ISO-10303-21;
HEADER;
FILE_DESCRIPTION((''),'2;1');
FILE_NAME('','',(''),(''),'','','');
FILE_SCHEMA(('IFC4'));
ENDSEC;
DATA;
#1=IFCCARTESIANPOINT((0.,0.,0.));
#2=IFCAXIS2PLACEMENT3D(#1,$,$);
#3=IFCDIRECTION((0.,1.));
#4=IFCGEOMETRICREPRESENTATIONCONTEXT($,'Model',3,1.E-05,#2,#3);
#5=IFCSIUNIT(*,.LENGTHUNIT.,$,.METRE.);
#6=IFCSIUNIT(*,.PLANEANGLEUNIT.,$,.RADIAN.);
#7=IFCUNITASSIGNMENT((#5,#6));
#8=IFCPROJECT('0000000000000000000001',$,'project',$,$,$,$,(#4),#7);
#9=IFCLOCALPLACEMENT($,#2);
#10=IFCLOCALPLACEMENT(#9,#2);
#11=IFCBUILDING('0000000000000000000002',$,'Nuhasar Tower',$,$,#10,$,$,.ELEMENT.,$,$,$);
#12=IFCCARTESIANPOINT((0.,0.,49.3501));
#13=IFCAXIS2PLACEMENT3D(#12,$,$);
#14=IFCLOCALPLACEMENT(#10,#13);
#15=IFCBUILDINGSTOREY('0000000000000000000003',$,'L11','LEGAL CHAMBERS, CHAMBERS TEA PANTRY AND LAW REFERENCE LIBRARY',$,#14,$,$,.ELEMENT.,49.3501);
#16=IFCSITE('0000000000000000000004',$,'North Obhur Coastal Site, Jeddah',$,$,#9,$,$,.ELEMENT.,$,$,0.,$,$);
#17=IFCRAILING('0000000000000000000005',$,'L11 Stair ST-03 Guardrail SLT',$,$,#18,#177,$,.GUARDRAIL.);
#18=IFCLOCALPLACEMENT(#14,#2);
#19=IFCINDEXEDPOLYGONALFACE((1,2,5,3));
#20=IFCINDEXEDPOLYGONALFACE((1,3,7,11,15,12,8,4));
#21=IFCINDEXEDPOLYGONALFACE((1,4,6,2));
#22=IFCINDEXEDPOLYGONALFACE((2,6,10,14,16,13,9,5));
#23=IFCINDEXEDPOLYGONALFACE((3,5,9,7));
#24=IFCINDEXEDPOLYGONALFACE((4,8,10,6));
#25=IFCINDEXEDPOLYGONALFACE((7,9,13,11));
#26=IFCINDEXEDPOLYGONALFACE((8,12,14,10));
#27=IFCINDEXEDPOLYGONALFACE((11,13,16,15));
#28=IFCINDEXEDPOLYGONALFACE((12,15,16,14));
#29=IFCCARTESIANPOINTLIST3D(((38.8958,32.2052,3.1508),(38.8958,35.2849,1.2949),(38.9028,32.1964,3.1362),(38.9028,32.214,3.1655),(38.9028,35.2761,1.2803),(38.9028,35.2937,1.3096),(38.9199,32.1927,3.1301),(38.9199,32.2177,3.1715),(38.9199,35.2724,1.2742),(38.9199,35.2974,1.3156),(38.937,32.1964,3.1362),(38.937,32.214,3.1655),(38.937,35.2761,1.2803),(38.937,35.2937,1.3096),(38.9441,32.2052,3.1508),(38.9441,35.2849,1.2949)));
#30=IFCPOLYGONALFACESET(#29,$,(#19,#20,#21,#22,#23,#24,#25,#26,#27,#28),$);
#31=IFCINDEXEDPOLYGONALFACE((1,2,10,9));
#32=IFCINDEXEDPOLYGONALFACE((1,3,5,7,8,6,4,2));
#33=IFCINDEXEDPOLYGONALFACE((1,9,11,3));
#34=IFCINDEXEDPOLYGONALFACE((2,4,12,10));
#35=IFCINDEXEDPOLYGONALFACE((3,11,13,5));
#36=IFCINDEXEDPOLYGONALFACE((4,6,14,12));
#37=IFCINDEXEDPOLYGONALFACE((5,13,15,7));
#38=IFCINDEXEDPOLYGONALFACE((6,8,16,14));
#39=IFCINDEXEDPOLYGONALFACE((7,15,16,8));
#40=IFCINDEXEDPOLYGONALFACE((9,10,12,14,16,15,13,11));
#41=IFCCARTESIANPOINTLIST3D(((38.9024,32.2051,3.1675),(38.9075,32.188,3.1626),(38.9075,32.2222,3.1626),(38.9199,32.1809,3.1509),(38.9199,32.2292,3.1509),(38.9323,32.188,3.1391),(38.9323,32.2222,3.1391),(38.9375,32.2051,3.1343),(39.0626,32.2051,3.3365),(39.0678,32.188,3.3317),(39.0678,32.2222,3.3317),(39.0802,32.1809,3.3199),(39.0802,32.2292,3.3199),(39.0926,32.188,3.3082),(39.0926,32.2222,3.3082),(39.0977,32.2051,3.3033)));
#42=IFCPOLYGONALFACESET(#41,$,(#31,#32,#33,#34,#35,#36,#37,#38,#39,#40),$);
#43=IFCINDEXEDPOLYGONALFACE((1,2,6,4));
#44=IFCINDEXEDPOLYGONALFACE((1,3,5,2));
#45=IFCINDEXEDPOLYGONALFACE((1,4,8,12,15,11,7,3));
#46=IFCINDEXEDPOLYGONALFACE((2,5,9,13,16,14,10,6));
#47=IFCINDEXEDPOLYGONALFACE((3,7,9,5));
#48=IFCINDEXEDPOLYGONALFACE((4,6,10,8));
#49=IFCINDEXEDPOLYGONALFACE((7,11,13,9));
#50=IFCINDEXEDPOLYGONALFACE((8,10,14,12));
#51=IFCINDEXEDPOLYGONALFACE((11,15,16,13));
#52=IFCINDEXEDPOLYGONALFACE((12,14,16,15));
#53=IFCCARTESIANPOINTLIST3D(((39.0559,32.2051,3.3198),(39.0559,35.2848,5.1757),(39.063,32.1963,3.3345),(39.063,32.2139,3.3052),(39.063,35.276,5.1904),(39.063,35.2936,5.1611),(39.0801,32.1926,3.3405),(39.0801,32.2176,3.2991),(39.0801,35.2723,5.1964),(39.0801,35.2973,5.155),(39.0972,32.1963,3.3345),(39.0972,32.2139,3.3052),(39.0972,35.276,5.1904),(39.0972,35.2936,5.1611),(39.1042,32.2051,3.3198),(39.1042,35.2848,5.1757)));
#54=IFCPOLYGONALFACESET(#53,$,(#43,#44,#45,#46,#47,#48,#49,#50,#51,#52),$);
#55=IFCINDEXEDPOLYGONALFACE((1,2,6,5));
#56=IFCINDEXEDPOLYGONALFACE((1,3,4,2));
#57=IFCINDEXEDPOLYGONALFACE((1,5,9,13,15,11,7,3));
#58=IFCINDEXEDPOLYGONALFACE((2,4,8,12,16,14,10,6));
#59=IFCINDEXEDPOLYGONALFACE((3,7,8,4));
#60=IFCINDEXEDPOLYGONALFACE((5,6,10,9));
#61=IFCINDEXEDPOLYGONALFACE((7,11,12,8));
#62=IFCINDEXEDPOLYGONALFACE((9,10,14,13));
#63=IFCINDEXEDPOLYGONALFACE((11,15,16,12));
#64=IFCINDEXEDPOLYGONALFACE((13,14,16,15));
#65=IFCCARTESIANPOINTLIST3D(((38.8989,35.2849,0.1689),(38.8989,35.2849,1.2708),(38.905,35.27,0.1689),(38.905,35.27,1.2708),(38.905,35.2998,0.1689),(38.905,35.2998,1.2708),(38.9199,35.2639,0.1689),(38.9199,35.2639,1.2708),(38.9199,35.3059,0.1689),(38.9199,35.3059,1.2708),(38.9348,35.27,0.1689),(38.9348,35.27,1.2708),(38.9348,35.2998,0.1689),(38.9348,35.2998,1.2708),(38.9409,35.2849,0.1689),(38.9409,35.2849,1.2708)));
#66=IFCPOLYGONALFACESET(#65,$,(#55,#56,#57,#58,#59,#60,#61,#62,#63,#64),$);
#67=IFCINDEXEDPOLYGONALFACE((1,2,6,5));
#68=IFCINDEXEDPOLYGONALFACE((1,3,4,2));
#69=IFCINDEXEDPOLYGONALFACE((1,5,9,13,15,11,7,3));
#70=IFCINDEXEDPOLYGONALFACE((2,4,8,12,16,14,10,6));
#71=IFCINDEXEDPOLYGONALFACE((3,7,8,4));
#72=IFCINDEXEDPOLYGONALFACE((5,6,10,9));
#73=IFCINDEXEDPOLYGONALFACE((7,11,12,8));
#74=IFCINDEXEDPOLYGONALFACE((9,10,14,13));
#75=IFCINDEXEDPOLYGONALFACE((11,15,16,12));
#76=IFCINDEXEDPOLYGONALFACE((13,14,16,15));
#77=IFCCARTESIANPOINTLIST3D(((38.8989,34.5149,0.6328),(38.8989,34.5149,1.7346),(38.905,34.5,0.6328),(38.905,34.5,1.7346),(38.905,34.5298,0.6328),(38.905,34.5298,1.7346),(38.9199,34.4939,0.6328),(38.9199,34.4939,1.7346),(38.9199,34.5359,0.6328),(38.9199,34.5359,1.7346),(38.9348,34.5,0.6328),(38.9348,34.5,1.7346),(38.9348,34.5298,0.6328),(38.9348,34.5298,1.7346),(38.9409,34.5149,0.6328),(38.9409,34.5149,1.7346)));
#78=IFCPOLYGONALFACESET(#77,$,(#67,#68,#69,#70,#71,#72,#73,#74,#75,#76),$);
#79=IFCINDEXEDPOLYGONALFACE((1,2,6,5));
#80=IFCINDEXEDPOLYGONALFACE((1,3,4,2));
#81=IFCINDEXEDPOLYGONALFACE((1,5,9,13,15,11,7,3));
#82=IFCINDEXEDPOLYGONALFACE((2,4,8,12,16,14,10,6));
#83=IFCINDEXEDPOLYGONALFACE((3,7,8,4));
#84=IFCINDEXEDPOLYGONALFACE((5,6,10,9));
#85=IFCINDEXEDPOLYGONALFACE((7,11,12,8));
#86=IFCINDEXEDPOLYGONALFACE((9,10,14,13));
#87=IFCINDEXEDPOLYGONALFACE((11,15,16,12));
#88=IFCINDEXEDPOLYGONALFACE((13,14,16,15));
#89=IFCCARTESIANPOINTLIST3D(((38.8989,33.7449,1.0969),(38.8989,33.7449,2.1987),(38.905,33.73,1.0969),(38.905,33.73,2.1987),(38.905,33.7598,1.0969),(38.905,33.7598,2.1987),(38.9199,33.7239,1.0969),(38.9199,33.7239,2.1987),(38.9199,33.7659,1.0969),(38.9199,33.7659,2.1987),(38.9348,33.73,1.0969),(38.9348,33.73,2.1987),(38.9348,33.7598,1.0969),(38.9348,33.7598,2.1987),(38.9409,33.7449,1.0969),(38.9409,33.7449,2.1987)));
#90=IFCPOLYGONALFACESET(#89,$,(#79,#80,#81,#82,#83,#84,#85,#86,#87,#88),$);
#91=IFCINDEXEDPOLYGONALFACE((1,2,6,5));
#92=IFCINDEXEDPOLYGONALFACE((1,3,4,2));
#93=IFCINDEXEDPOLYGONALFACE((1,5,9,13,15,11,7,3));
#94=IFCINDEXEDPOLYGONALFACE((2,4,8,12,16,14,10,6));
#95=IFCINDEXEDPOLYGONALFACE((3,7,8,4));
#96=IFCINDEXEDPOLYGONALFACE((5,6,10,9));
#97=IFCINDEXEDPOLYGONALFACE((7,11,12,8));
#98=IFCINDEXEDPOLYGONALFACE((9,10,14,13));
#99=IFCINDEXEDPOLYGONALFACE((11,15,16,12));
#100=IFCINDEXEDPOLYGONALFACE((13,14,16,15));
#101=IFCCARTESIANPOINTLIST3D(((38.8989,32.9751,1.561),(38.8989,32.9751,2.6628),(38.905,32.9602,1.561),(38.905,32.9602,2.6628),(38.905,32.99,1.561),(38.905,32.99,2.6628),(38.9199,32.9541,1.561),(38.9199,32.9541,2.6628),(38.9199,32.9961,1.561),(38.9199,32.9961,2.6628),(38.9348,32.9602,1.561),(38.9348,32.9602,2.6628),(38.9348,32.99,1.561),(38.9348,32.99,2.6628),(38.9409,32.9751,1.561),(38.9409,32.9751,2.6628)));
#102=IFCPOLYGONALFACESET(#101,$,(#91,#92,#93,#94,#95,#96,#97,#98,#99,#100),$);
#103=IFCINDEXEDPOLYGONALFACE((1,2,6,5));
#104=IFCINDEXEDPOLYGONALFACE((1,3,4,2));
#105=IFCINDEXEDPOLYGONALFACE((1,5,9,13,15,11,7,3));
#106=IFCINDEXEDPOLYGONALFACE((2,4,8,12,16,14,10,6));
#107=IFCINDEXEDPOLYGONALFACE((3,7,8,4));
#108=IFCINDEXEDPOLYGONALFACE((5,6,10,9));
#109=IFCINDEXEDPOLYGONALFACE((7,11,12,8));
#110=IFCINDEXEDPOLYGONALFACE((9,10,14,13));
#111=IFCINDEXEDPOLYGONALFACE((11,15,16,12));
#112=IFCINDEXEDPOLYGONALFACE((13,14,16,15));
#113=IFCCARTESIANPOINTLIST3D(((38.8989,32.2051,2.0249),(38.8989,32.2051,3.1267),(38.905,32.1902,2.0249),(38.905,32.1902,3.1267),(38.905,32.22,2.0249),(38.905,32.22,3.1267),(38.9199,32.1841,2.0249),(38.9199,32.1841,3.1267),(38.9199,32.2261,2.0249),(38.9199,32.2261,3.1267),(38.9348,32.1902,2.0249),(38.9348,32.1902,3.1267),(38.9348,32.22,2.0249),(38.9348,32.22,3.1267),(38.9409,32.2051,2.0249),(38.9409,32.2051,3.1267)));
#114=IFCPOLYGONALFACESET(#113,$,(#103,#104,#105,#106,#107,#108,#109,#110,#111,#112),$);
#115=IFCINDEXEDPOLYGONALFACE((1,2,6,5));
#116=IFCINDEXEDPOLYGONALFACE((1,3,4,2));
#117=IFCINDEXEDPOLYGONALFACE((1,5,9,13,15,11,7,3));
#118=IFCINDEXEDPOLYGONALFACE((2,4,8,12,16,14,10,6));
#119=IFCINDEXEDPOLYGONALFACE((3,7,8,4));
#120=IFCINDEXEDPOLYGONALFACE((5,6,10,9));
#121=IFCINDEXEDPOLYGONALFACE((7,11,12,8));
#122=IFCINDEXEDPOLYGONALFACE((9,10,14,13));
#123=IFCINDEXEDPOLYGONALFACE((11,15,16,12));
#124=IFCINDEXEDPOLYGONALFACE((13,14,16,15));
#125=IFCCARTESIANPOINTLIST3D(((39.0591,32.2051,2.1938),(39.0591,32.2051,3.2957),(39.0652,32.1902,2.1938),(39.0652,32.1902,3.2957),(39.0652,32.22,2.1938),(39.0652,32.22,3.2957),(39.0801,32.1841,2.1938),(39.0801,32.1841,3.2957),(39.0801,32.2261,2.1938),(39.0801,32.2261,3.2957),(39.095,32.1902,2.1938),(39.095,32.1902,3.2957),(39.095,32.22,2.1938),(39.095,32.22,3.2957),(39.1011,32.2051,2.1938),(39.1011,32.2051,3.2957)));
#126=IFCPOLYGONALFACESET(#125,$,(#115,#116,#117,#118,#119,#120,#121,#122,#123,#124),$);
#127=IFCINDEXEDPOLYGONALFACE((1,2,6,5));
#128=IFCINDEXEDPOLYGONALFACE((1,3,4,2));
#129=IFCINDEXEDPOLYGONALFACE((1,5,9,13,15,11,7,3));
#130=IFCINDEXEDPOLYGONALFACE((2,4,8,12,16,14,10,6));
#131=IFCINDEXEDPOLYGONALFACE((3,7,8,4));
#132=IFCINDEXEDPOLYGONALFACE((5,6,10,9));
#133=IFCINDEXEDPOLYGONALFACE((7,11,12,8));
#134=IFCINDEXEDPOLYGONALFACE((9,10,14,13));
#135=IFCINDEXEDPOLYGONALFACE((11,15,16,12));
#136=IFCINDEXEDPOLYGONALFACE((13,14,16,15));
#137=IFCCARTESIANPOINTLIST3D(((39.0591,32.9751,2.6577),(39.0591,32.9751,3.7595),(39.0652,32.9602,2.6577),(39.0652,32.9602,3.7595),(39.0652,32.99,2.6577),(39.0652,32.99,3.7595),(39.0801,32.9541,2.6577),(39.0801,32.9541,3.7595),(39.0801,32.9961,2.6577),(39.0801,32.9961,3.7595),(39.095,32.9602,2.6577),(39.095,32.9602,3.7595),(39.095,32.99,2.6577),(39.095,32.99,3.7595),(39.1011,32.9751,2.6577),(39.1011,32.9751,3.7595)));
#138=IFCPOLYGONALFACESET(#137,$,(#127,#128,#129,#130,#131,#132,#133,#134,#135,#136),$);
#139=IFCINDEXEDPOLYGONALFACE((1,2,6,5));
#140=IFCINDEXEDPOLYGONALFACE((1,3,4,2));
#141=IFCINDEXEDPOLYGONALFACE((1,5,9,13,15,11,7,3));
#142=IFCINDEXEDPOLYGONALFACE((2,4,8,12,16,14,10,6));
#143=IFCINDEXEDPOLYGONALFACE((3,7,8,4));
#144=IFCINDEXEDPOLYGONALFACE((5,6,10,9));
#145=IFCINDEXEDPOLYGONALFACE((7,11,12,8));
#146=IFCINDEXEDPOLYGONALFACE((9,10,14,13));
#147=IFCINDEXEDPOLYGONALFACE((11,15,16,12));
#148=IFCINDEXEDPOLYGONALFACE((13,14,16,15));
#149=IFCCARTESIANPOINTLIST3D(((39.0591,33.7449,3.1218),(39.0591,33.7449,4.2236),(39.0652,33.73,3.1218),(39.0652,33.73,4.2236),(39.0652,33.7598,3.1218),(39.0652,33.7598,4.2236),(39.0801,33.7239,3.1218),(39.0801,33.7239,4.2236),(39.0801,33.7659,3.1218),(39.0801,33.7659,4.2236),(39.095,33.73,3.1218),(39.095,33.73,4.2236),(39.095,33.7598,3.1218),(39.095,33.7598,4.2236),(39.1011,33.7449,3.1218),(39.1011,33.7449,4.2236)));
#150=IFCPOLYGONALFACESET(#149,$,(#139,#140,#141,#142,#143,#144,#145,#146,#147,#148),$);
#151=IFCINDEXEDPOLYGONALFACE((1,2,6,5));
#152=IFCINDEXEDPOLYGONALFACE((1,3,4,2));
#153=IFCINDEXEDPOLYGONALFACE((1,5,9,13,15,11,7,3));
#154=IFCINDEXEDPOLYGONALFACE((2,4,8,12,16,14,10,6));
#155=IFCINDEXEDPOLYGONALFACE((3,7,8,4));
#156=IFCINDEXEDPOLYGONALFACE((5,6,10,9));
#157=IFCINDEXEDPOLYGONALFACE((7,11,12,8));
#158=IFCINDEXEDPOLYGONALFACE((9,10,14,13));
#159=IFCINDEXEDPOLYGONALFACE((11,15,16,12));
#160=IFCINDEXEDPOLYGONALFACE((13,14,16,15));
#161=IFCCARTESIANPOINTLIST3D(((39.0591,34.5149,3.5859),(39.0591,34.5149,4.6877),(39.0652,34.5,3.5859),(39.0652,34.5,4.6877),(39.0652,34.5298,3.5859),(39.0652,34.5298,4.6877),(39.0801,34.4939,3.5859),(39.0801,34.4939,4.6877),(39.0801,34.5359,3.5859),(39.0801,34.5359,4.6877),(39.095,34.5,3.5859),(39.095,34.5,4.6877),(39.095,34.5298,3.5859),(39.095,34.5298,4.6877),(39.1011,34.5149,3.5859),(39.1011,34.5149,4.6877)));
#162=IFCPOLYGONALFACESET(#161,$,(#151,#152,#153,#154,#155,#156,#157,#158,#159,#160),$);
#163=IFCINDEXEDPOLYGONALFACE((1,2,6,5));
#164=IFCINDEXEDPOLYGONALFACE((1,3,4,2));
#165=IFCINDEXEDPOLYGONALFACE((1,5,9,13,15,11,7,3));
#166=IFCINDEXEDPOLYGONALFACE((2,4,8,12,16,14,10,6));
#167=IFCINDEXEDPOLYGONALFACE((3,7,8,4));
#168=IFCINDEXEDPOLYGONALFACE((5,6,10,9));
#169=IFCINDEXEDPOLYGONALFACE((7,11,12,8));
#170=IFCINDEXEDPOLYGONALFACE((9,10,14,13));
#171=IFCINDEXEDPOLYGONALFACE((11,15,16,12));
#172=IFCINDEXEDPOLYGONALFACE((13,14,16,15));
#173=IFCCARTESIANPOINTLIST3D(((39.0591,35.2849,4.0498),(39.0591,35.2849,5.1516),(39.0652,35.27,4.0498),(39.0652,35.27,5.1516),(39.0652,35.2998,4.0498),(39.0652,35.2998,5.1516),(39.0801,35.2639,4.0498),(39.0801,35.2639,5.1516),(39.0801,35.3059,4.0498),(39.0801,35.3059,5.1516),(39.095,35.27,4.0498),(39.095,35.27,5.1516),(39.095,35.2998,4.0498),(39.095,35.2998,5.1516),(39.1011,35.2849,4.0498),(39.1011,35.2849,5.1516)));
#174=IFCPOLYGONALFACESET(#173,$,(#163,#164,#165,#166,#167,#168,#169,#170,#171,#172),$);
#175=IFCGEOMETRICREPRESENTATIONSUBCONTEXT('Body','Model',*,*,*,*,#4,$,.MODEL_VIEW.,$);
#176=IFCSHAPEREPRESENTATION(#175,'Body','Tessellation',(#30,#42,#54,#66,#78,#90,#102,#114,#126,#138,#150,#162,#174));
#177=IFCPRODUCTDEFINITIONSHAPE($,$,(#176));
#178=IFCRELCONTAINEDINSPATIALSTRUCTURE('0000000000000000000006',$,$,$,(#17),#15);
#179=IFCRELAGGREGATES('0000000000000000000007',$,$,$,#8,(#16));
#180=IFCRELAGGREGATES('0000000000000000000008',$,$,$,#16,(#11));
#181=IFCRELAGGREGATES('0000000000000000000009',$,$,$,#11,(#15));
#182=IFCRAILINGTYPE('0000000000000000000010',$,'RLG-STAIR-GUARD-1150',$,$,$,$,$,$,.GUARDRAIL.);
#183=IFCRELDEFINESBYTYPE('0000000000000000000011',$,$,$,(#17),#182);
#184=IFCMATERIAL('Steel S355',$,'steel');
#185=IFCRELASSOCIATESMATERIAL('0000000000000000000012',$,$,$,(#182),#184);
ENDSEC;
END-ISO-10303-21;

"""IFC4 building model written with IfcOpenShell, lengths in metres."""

from ifc_helpers import new_model, si_unit, direction, frame, origin, place, context, subcontext, project, spatial, polyline, outline, extrude, material, type_object, element, save


model = new_model("IFC4")

# Units and contexts
model_context = context("Model", 3, precision=1e-05, world=origin(), true_north=direction((0.0, 1.0)))
body_context = subcontext(model_context, "Body", "Model", "MODEL_VIEW")
ifc_project = project(units=[si_unit("LENGTHUNIT", "METRE"), si_unit("PLANEANGLEUNIT", "RADIAN")], contexts=[model_context])

# Site, building, storey
site_placement = place(None, origin())
site = spatial("IfcSite", under=ifc_project, at=site_placement, Name="North Obhur Coastal Site, Jeddah", CompositionType="ELEMENT", RefElevation=0.0)
building_placement = place(site_placement, origin())
building = spatial("IfcBuilding", under=site, at=building_placement, Name="Nuhasar Tower", CompositionType="ELEMENT")
storey_placement = place(building_placement, frame((0.0, 0.0, 49.3501)))
storey = spatial("IfcBuildingStorey", under=building, at=storey_placement, Name="L11", Description="LEGAL CHAMBERS, CHAMBERS TEA PANTRY AND LAW REFERENCE LIBRARY", CompositionType="ELEMENT", Elevation=49.3501)

# Shared definitions
ifc_material_1 = material(Name="Steel S355", Category="steel")

# Railing
railing_type_1 = type_object("IfcRailingType", Name="RLG-STAIR-GUARD-1150", PredefinedType="GUARDRAIL", material=ifc_material_1)
railing_1_placement = place(storey_placement, frame((38.9199, 35.2849, 0.1689)))
element("IfcRailing", 1, at=railing_1_placement, inside=storey, type_object=railing_type_1, Name="L11 Stair ST-03 Guardrail SLT", PredefinedType="GUARDRAIL", context=body_context, shape_type="SweptSolid", body=[
    extrude(outline(polyline([(0.0242, 0.0), (0.0171, 0.0171), (0.0, 0.0242), (-0.0171, 0.0171), (-0.0242, 0.0), (-0.0171, -0.0171), (0.0, -0.0242), (0.0171, -0.0171), (0.0242, 0.0)])), frame((0.0, 0.0, 1.126), z_axis=(0.0, -0.856503, 0.516142), x_axis=(1.0, 0.0, 0.0)), (0.0, 0.0, 1.0), 3.5957),
    extrude(outline(polyline([(0.0242, 0.0), (0.0171, 0.0171), (0.0, 0.0242), (-0.0171, 0.0171), (-0.0242, 0.0), (-0.0171, -0.0171), (0.0, -0.0242), (0.0171, -0.0171), (0.0242, 0.0)])), frame((0.0, -3.0798, 2.9819), z_axis=(0.687977, 0.0, 0.725732), x_axis=(0.0, 1.0, 0.0)), (0.0, 0.0, 1.0), 0.2329),
    extrude(outline(polyline([(0.0242, 0.0), (0.0171, 0.0171), (0.0, 0.0242), (-0.0171, 0.0171), (-0.0242, 0.0), (-0.0171, -0.0171), (0.0, -0.0242), (0.0171, -0.0171), (0.0242, 0.0)])), frame((0.1602, -3.0798, 3.1509), z_axis=(0.0, 0.856503, 0.516142), x_axis=(-1.0, 0.0, 0.0)), (0.0, 0.0, 1.0), 3.5957),
    extrude(outline(polyline([(0.021, 0.0), (0.0149, 0.0149), (0.0, 0.021), (-0.0149, 0.0149), (-0.021, 0.0), (-0.0149, -0.0149), (0.0, -0.021), (0.0149, -0.0149), (0.021, 0.0)])), origin(), (0.0, 0.0, 1.0), 1.1018),
    extrude(outline(polyline([(0.021, 0.0), (0.0149, 0.0149), (0.0, 0.021), (-0.0149, 0.0149), (-0.021, 0.0), (-0.0149, -0.0149), (0.0, -0.021), (0.0149, -0.0149), (0.021, 0.0)])), frame((0.0, -0.77, 0.4639)), (0.0, 0.0, 1.0), 1.1018),
    extrude(outline(polyline([(0.021, 0.0), (0.0149, 0.0149), (0.0, 0.021), (-0.0149, 0.0149), (-0.021, 0.0), (-0.0149, -0.0149), (0.0, -0.021), (0.0149, -0.0149), (0.021, 0.0)])), frame((0.0, -1.54, 0.928)), (0.0, 0.0, 1.0), 1.1018),
    extrude(outline(polyline([(0.021, 0.0), (0.0149, 0.0149), (0.0, 0.021), (-0.0149, 0.0149), (-0.021, 0.0), (-0.0149, -0.0149), (0.0, -0.021), (0.0149, -0.0149), (0.021, 0.0)])), frame((0.0, -2.3098, 1.3921)), (0.0, 0.0, 1.0), 1.1018),
    extrude(outline(polyline([(0.021, 0.0), (0.0149, 0.0149), (0.0, 0.021), (-0.0149, 0.0149), (-0.021, 0.0), (-0.0149, -0.0149), (0.0, -0.021), (0.0149, -0.0149), (0.021, 0.0)])), frame((0.0, -3.0798, 1.856)), (0.0, 0.0, 1.0), 1.1018),
    extrude(outline(polyline([(0.021, 0.0), (0.0149, 0.0149), (0.0, 0.021), (-0.0149, 0.0149), (-0.021, 0.0), (-0.0149, -0.0149), (0.0, -0.021), (0.0149, -0.0149), (0.021, 0.0)])), frame((0.1602, -3.0798, 2.0249)), (0.0, 0.0, 1.0), 1.1018),
    extrude(outline(polyline([(0.021, 0.0), (0.0149, 0.0149), (0.0, 0.021), (-0.0149, 0.0149), (-0.021, 0.0), (-0.0149, -0.0149), (0.0, -0.021), (0.0149, -0.0149), (0.021, 0.0)])), frame((0.1602, -2.3098, 2.4888)), (0.0, 0.0, 1.0), 1.1018),
    extrude(outline(polyline([(0.021, 0.0), (0.0149, 0.0149), (0.0, 0.021), (-0.0149, 0.0149), (-0.021, 0.0), (-0.0149, -0.0149), (0.0, -0.021), (0.0149, -0.0149), (0.021, 0.0)])), frame((0.1602, -1.54, 2.9529)), (0.0, 0.0, 1.0), 1.1018),
    extrude(outline(polyline([(0.021, 0.0), (0.0149, 0.0149), (0.0, 0.021), (-0.0149, 0.0149), (-0.021, 0.0), (-0.0149, -0.0149), (0.0, -0.021), (0.0149, -0.0149), (0.021, 0.0)])), frame((0.1602, -0.77, 3.417)), (0.0, 0.0, 1.0), 1.1018),
    extrude(outline(polyline([(0.021, 0.0), (0.0149, 0.0149), (0.0, 0.021), (-0.0149, 0.0149), (-0.021, 0.0), (-0.0149, -0.0149), (0.0, -0.021), (0.0149, -0.0149), (0.021, 0.0)])), frame((0.1602, 0.0, 3.8809)), (0.0, 0.0, 1.0), 1.1018),
])

save(model, "model.ifc")
